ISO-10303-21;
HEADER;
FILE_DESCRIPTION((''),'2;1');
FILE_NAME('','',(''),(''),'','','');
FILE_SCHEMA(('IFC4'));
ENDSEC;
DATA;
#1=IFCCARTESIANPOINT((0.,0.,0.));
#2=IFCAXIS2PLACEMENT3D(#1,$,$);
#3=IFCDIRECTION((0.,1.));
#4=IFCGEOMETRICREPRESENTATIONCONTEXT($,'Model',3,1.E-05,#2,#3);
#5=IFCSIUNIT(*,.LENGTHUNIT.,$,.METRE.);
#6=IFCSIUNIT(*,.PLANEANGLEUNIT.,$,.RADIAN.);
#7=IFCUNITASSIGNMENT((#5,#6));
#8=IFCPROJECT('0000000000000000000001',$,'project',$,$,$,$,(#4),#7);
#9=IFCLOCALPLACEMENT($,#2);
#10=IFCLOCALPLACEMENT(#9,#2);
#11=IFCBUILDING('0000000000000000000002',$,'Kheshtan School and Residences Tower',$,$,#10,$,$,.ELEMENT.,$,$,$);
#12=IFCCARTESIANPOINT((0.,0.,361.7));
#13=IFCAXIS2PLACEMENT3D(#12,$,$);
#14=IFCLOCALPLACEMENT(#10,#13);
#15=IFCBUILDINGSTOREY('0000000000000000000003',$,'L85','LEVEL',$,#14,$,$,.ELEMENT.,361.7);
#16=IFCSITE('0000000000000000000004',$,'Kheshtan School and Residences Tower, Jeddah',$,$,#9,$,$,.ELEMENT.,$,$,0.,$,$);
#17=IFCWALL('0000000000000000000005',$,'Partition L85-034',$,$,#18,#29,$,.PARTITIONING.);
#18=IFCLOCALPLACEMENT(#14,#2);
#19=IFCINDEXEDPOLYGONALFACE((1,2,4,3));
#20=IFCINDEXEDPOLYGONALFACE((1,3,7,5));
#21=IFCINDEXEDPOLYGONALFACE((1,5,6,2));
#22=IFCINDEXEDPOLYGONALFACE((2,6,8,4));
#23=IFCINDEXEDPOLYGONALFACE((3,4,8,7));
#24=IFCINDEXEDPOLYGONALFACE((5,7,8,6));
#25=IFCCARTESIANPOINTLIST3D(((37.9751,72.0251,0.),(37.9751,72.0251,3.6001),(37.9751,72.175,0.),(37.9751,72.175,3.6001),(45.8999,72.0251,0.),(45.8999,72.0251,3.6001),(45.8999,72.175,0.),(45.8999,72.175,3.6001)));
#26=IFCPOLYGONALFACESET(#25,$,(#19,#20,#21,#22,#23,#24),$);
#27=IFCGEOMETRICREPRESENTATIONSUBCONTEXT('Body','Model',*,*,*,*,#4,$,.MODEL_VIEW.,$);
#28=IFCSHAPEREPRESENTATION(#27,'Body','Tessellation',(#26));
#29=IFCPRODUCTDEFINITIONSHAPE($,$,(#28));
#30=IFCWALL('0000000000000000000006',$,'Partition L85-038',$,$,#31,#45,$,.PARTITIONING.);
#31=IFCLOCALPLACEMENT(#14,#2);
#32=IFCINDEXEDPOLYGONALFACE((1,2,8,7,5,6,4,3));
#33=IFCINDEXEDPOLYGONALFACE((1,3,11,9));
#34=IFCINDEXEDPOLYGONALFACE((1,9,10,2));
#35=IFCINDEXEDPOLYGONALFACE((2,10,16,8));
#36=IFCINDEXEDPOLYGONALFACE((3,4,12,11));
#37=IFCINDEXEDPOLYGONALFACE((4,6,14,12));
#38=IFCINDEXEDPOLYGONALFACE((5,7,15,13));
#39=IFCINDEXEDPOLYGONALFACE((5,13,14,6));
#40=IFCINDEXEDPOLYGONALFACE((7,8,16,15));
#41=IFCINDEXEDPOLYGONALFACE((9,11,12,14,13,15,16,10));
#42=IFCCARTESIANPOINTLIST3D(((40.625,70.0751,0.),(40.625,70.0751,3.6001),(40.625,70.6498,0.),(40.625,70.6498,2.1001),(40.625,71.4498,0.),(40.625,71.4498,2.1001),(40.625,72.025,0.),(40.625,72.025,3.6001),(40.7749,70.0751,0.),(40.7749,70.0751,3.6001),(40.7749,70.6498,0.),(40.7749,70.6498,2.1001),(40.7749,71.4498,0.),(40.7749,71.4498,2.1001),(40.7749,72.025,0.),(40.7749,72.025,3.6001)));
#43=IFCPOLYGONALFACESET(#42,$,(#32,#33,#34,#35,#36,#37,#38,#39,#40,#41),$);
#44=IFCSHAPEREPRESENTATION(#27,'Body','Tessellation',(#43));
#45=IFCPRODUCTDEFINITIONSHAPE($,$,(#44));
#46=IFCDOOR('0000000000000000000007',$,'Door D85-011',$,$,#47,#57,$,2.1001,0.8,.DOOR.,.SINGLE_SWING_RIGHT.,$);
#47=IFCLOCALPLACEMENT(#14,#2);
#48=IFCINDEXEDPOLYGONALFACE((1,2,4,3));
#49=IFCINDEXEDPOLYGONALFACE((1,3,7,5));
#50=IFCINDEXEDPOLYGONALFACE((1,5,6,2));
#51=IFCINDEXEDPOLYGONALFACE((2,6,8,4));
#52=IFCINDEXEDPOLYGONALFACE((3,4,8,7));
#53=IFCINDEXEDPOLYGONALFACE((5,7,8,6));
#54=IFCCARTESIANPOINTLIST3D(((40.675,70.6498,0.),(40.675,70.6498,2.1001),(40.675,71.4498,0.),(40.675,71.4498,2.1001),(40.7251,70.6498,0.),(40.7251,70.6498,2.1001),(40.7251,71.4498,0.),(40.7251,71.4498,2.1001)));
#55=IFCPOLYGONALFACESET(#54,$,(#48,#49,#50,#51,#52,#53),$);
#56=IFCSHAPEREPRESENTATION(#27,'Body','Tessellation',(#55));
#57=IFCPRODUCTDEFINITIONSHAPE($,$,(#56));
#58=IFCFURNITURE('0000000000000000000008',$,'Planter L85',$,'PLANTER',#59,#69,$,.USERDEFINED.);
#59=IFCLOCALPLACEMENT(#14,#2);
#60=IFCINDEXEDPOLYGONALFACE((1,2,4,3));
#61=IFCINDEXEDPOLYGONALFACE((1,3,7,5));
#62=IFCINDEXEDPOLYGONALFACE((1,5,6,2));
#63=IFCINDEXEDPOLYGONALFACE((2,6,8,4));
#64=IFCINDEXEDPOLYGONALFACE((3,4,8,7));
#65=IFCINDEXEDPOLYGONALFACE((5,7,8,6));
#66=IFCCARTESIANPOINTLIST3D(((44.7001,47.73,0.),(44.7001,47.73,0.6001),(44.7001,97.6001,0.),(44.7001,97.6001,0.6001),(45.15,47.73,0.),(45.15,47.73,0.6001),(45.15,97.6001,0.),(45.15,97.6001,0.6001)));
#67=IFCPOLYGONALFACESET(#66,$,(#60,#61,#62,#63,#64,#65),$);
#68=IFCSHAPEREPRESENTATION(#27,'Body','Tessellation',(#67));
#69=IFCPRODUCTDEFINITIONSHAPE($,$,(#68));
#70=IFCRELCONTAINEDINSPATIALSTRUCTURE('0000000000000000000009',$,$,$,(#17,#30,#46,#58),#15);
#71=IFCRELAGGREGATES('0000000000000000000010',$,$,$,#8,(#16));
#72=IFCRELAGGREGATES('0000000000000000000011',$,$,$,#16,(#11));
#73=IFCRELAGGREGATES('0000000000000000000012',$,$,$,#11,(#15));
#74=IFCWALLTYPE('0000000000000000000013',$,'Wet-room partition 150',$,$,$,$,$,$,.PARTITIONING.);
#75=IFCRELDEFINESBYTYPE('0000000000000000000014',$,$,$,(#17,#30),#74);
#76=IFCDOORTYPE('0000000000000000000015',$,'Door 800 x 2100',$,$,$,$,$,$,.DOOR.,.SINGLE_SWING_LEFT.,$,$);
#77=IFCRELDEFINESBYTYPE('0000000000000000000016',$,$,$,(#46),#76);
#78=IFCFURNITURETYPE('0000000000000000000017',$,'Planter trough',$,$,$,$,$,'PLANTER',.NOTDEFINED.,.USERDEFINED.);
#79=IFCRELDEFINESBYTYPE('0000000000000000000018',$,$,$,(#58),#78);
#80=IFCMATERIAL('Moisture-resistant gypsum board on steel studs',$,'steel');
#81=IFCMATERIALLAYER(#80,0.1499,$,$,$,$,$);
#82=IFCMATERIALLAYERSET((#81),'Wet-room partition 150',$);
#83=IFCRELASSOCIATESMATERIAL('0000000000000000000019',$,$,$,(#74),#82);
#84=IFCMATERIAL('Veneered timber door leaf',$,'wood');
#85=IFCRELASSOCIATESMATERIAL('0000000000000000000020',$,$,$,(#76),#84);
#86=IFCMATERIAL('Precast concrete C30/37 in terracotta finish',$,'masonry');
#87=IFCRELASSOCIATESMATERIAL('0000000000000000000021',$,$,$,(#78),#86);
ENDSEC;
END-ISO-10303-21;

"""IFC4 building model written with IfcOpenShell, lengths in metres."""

from ifc_helpers import new_model, si_unit, direction, frame, frame_2d, origin, origin_2d, place, context, subcontext, project, spatial, rectangle, extrude, source, transform, mapped, material, layer, layer_set, type_object, element, fill, save


model = new_model("IFC4")

# Units and contexts
model_context = context("Model", 3, precision=1e-05, world=origin(), true_north=direction((0.0, 1.0)))
body_context = subcontext(model_context, "Body", "Model", "MODEL_VIEW")
ifc_project = project(units=[si_unit("LENGTHUNIT", "METRE"), si_unit("PLANEANGLEUNIT", "RADIAN")], contexts=[model_context])

# Site, building, storey
site_placement = place(None, origin())
site = spatial("IfcSite", under=ifc_project, at=site_placement, Name="Kheshtan School and Residences Tower, Jeddah", CompositionType="ELEMENT", RefElevation=0.0)
building_placement = place(site_placement, origin())
building = spatial("IfcBuilding", under=site, at=building_placement, Name="Kheshtan School and Residences Tower", CompositionType="ELEMENT")
storey_placement = place(building_placement, frame((0.0, 0.0, 361.7)))
storey = spatial("IfcBuildingStorey", under=building, at=storey_placement, Name="L85", Description="LEVEL", CompositionType="ELEMENT", Elevation=361.7)

# Shared definitions
ifc_material_1 = material(Name="Moisture-resistant gypsum board on steel studs", Category="steel")
ifc_layer_1 = layer(ifc_material_1, 0.1499)
ifc_layer_set_1 = layer_set([ifc_layer_1], Name="Wet-room partition 150")
wall_type_1 = type_object("IfcWallType", Name="Wet-room partition 150", PredefinedType="PARTITIONING", material=ifc_layer_set_1)

# Shared definitions
ifc_material_2 = material(Name="Veneered timber door leaf", Category="wood")

# Shared definitions
door_type_1 = type_object("IfcDoorType", Name="Door 800 x 2100", OperationType="SINGLE_SWING_LEFT", PredefinedType="DOOR", material=ifc_material_2)
shared_shape_1 = source(origin(), body_context, "Body", "SweptSolid", [
    extrude(rectangle(XDim=0.8, YDim=2.1001, at=frame_2d((0.3999, 1.05))), frame((0.0, 0.0249, 0.0), z_axis=(0.0, -1.0, 0.0), x_axis=(1.0, 0.0, 0.0)), (0.0, 0.0, 1.0), 0.05),
])

# Wall
wall_1_placement = place(storey_placement, frame((37.9751, 72.1001, 0.0), z_axis=(0.0, 0.0, 1.0), x_axis=(1.0, 0.0, 0.0)))
element("IfcWall", 1, at=wall_1_placement, inside=storey, type_object=wall_type_1, Name="Partition L85-034", PredefinedType="PARTITIONING", context=body_context, shape_type="SweptSolid", body=[
    extrude(rectangle(XDim=7.9248, YDim=0.1499, at=frame_2d((3.9624, 0.0))), origin(), (0.0, 0.0, 1.0), 3.6001),
])

# Wall, opening, door
wall_2_placement = place(storey_placement, frame((40.7, 70.075, 0.0), z_axis=(0.0, 0.0, 1.0), x_axis=(0.0, 1.0, 0.0)))
wall_2 = element("IfcWall", 2, at=wall_2_placement, inside=storey, type_object=wall_type_1, Name="Partition L85-038", PredefinedType="PARTITIONING", context=body_context, shape_type="SweptSolid", body=[
    extrude(rectangle(XDim=1.95, YDim=0.1499, at=frame_2d((0.9751, 0.0))), origin(), (0.0, 0.0, 1.0), 3.6001),
])
opening_1_placement = place(wall_2_placement, frame((0.575, 0.0, 0.0)))
opening_1 = element("IfcOpeningElement", 3, at=opening_1_placement, cuts=wall_2, PredefinedType="OPENING", context=body_context, shape_type="SweptSolid", body=[
    extrude(rectangle(XDim=0.8, YDim=2.1001, at=frame_2d((0.3999, 1.05))), frame((0.0, 0.085, 0.0), z_axis=(0.0, -1.0, 0.0), x_axis=(1.0, 0.0, 0.0)), (0.0, 0.0, 1.0), 0.1699),
])
door_1_placement = place(opening_1_placement, origin())
door_1 = element("IfcDoor", 4, at=door_1_placement, inside=storey, type_object=door_type_1, Name="Door D85-011", OperationType="SINGLE_SWING_RIGHT", OverallHeight=2.1001, OverallWidth=0.8, PredefinedType="DOOR", context=body_context, shape_type="MappedRepresentation", body=[
    mapped(shared_shape_1, transform((0.0, 0.0, 0.0), x_axis=(1.0, 0.0, 0.0), y_axis=(0.0, 1.0, 0.0), z_axis=(0.0, 0.0, 1.0), scale=1.0)),
])
fill(opening_1, door_1)

# Furniture
ifc_material_3 = material(Name="Precast concrete C30/37 in terracotta finish", Category="masonry")
furniture_type = type_object("IfcFurnitureType", Name="Planter trough", ElementType="PLANTER", AssemblyPlace="NOTDEFINED", PredefinedType="USERDEFINED", material=ifc_material_3)
furniture_placement = place(storey_placement, frame((44.925, 72.665, 0.0), z_axis=(0.0, 0.0, 1.0), x_axis=(0.0, -1.0, 0.0)))
element("IfcFurniture", 5, at=furniture_placement, inside=storey, type_object=furniture_type, Name="Planter L85", ObjectType="PLANTER", PredefinedType="USERDEFINED", context=body_context, shape_type="SweptSolid", body=[
    extrude(rectangle(XDim=49.8701, YDim=0.45, at=origin_2d()), origin(), (0.0, 0.0, 1.0), 0.6001),
])

save(model, "model.ifc")
